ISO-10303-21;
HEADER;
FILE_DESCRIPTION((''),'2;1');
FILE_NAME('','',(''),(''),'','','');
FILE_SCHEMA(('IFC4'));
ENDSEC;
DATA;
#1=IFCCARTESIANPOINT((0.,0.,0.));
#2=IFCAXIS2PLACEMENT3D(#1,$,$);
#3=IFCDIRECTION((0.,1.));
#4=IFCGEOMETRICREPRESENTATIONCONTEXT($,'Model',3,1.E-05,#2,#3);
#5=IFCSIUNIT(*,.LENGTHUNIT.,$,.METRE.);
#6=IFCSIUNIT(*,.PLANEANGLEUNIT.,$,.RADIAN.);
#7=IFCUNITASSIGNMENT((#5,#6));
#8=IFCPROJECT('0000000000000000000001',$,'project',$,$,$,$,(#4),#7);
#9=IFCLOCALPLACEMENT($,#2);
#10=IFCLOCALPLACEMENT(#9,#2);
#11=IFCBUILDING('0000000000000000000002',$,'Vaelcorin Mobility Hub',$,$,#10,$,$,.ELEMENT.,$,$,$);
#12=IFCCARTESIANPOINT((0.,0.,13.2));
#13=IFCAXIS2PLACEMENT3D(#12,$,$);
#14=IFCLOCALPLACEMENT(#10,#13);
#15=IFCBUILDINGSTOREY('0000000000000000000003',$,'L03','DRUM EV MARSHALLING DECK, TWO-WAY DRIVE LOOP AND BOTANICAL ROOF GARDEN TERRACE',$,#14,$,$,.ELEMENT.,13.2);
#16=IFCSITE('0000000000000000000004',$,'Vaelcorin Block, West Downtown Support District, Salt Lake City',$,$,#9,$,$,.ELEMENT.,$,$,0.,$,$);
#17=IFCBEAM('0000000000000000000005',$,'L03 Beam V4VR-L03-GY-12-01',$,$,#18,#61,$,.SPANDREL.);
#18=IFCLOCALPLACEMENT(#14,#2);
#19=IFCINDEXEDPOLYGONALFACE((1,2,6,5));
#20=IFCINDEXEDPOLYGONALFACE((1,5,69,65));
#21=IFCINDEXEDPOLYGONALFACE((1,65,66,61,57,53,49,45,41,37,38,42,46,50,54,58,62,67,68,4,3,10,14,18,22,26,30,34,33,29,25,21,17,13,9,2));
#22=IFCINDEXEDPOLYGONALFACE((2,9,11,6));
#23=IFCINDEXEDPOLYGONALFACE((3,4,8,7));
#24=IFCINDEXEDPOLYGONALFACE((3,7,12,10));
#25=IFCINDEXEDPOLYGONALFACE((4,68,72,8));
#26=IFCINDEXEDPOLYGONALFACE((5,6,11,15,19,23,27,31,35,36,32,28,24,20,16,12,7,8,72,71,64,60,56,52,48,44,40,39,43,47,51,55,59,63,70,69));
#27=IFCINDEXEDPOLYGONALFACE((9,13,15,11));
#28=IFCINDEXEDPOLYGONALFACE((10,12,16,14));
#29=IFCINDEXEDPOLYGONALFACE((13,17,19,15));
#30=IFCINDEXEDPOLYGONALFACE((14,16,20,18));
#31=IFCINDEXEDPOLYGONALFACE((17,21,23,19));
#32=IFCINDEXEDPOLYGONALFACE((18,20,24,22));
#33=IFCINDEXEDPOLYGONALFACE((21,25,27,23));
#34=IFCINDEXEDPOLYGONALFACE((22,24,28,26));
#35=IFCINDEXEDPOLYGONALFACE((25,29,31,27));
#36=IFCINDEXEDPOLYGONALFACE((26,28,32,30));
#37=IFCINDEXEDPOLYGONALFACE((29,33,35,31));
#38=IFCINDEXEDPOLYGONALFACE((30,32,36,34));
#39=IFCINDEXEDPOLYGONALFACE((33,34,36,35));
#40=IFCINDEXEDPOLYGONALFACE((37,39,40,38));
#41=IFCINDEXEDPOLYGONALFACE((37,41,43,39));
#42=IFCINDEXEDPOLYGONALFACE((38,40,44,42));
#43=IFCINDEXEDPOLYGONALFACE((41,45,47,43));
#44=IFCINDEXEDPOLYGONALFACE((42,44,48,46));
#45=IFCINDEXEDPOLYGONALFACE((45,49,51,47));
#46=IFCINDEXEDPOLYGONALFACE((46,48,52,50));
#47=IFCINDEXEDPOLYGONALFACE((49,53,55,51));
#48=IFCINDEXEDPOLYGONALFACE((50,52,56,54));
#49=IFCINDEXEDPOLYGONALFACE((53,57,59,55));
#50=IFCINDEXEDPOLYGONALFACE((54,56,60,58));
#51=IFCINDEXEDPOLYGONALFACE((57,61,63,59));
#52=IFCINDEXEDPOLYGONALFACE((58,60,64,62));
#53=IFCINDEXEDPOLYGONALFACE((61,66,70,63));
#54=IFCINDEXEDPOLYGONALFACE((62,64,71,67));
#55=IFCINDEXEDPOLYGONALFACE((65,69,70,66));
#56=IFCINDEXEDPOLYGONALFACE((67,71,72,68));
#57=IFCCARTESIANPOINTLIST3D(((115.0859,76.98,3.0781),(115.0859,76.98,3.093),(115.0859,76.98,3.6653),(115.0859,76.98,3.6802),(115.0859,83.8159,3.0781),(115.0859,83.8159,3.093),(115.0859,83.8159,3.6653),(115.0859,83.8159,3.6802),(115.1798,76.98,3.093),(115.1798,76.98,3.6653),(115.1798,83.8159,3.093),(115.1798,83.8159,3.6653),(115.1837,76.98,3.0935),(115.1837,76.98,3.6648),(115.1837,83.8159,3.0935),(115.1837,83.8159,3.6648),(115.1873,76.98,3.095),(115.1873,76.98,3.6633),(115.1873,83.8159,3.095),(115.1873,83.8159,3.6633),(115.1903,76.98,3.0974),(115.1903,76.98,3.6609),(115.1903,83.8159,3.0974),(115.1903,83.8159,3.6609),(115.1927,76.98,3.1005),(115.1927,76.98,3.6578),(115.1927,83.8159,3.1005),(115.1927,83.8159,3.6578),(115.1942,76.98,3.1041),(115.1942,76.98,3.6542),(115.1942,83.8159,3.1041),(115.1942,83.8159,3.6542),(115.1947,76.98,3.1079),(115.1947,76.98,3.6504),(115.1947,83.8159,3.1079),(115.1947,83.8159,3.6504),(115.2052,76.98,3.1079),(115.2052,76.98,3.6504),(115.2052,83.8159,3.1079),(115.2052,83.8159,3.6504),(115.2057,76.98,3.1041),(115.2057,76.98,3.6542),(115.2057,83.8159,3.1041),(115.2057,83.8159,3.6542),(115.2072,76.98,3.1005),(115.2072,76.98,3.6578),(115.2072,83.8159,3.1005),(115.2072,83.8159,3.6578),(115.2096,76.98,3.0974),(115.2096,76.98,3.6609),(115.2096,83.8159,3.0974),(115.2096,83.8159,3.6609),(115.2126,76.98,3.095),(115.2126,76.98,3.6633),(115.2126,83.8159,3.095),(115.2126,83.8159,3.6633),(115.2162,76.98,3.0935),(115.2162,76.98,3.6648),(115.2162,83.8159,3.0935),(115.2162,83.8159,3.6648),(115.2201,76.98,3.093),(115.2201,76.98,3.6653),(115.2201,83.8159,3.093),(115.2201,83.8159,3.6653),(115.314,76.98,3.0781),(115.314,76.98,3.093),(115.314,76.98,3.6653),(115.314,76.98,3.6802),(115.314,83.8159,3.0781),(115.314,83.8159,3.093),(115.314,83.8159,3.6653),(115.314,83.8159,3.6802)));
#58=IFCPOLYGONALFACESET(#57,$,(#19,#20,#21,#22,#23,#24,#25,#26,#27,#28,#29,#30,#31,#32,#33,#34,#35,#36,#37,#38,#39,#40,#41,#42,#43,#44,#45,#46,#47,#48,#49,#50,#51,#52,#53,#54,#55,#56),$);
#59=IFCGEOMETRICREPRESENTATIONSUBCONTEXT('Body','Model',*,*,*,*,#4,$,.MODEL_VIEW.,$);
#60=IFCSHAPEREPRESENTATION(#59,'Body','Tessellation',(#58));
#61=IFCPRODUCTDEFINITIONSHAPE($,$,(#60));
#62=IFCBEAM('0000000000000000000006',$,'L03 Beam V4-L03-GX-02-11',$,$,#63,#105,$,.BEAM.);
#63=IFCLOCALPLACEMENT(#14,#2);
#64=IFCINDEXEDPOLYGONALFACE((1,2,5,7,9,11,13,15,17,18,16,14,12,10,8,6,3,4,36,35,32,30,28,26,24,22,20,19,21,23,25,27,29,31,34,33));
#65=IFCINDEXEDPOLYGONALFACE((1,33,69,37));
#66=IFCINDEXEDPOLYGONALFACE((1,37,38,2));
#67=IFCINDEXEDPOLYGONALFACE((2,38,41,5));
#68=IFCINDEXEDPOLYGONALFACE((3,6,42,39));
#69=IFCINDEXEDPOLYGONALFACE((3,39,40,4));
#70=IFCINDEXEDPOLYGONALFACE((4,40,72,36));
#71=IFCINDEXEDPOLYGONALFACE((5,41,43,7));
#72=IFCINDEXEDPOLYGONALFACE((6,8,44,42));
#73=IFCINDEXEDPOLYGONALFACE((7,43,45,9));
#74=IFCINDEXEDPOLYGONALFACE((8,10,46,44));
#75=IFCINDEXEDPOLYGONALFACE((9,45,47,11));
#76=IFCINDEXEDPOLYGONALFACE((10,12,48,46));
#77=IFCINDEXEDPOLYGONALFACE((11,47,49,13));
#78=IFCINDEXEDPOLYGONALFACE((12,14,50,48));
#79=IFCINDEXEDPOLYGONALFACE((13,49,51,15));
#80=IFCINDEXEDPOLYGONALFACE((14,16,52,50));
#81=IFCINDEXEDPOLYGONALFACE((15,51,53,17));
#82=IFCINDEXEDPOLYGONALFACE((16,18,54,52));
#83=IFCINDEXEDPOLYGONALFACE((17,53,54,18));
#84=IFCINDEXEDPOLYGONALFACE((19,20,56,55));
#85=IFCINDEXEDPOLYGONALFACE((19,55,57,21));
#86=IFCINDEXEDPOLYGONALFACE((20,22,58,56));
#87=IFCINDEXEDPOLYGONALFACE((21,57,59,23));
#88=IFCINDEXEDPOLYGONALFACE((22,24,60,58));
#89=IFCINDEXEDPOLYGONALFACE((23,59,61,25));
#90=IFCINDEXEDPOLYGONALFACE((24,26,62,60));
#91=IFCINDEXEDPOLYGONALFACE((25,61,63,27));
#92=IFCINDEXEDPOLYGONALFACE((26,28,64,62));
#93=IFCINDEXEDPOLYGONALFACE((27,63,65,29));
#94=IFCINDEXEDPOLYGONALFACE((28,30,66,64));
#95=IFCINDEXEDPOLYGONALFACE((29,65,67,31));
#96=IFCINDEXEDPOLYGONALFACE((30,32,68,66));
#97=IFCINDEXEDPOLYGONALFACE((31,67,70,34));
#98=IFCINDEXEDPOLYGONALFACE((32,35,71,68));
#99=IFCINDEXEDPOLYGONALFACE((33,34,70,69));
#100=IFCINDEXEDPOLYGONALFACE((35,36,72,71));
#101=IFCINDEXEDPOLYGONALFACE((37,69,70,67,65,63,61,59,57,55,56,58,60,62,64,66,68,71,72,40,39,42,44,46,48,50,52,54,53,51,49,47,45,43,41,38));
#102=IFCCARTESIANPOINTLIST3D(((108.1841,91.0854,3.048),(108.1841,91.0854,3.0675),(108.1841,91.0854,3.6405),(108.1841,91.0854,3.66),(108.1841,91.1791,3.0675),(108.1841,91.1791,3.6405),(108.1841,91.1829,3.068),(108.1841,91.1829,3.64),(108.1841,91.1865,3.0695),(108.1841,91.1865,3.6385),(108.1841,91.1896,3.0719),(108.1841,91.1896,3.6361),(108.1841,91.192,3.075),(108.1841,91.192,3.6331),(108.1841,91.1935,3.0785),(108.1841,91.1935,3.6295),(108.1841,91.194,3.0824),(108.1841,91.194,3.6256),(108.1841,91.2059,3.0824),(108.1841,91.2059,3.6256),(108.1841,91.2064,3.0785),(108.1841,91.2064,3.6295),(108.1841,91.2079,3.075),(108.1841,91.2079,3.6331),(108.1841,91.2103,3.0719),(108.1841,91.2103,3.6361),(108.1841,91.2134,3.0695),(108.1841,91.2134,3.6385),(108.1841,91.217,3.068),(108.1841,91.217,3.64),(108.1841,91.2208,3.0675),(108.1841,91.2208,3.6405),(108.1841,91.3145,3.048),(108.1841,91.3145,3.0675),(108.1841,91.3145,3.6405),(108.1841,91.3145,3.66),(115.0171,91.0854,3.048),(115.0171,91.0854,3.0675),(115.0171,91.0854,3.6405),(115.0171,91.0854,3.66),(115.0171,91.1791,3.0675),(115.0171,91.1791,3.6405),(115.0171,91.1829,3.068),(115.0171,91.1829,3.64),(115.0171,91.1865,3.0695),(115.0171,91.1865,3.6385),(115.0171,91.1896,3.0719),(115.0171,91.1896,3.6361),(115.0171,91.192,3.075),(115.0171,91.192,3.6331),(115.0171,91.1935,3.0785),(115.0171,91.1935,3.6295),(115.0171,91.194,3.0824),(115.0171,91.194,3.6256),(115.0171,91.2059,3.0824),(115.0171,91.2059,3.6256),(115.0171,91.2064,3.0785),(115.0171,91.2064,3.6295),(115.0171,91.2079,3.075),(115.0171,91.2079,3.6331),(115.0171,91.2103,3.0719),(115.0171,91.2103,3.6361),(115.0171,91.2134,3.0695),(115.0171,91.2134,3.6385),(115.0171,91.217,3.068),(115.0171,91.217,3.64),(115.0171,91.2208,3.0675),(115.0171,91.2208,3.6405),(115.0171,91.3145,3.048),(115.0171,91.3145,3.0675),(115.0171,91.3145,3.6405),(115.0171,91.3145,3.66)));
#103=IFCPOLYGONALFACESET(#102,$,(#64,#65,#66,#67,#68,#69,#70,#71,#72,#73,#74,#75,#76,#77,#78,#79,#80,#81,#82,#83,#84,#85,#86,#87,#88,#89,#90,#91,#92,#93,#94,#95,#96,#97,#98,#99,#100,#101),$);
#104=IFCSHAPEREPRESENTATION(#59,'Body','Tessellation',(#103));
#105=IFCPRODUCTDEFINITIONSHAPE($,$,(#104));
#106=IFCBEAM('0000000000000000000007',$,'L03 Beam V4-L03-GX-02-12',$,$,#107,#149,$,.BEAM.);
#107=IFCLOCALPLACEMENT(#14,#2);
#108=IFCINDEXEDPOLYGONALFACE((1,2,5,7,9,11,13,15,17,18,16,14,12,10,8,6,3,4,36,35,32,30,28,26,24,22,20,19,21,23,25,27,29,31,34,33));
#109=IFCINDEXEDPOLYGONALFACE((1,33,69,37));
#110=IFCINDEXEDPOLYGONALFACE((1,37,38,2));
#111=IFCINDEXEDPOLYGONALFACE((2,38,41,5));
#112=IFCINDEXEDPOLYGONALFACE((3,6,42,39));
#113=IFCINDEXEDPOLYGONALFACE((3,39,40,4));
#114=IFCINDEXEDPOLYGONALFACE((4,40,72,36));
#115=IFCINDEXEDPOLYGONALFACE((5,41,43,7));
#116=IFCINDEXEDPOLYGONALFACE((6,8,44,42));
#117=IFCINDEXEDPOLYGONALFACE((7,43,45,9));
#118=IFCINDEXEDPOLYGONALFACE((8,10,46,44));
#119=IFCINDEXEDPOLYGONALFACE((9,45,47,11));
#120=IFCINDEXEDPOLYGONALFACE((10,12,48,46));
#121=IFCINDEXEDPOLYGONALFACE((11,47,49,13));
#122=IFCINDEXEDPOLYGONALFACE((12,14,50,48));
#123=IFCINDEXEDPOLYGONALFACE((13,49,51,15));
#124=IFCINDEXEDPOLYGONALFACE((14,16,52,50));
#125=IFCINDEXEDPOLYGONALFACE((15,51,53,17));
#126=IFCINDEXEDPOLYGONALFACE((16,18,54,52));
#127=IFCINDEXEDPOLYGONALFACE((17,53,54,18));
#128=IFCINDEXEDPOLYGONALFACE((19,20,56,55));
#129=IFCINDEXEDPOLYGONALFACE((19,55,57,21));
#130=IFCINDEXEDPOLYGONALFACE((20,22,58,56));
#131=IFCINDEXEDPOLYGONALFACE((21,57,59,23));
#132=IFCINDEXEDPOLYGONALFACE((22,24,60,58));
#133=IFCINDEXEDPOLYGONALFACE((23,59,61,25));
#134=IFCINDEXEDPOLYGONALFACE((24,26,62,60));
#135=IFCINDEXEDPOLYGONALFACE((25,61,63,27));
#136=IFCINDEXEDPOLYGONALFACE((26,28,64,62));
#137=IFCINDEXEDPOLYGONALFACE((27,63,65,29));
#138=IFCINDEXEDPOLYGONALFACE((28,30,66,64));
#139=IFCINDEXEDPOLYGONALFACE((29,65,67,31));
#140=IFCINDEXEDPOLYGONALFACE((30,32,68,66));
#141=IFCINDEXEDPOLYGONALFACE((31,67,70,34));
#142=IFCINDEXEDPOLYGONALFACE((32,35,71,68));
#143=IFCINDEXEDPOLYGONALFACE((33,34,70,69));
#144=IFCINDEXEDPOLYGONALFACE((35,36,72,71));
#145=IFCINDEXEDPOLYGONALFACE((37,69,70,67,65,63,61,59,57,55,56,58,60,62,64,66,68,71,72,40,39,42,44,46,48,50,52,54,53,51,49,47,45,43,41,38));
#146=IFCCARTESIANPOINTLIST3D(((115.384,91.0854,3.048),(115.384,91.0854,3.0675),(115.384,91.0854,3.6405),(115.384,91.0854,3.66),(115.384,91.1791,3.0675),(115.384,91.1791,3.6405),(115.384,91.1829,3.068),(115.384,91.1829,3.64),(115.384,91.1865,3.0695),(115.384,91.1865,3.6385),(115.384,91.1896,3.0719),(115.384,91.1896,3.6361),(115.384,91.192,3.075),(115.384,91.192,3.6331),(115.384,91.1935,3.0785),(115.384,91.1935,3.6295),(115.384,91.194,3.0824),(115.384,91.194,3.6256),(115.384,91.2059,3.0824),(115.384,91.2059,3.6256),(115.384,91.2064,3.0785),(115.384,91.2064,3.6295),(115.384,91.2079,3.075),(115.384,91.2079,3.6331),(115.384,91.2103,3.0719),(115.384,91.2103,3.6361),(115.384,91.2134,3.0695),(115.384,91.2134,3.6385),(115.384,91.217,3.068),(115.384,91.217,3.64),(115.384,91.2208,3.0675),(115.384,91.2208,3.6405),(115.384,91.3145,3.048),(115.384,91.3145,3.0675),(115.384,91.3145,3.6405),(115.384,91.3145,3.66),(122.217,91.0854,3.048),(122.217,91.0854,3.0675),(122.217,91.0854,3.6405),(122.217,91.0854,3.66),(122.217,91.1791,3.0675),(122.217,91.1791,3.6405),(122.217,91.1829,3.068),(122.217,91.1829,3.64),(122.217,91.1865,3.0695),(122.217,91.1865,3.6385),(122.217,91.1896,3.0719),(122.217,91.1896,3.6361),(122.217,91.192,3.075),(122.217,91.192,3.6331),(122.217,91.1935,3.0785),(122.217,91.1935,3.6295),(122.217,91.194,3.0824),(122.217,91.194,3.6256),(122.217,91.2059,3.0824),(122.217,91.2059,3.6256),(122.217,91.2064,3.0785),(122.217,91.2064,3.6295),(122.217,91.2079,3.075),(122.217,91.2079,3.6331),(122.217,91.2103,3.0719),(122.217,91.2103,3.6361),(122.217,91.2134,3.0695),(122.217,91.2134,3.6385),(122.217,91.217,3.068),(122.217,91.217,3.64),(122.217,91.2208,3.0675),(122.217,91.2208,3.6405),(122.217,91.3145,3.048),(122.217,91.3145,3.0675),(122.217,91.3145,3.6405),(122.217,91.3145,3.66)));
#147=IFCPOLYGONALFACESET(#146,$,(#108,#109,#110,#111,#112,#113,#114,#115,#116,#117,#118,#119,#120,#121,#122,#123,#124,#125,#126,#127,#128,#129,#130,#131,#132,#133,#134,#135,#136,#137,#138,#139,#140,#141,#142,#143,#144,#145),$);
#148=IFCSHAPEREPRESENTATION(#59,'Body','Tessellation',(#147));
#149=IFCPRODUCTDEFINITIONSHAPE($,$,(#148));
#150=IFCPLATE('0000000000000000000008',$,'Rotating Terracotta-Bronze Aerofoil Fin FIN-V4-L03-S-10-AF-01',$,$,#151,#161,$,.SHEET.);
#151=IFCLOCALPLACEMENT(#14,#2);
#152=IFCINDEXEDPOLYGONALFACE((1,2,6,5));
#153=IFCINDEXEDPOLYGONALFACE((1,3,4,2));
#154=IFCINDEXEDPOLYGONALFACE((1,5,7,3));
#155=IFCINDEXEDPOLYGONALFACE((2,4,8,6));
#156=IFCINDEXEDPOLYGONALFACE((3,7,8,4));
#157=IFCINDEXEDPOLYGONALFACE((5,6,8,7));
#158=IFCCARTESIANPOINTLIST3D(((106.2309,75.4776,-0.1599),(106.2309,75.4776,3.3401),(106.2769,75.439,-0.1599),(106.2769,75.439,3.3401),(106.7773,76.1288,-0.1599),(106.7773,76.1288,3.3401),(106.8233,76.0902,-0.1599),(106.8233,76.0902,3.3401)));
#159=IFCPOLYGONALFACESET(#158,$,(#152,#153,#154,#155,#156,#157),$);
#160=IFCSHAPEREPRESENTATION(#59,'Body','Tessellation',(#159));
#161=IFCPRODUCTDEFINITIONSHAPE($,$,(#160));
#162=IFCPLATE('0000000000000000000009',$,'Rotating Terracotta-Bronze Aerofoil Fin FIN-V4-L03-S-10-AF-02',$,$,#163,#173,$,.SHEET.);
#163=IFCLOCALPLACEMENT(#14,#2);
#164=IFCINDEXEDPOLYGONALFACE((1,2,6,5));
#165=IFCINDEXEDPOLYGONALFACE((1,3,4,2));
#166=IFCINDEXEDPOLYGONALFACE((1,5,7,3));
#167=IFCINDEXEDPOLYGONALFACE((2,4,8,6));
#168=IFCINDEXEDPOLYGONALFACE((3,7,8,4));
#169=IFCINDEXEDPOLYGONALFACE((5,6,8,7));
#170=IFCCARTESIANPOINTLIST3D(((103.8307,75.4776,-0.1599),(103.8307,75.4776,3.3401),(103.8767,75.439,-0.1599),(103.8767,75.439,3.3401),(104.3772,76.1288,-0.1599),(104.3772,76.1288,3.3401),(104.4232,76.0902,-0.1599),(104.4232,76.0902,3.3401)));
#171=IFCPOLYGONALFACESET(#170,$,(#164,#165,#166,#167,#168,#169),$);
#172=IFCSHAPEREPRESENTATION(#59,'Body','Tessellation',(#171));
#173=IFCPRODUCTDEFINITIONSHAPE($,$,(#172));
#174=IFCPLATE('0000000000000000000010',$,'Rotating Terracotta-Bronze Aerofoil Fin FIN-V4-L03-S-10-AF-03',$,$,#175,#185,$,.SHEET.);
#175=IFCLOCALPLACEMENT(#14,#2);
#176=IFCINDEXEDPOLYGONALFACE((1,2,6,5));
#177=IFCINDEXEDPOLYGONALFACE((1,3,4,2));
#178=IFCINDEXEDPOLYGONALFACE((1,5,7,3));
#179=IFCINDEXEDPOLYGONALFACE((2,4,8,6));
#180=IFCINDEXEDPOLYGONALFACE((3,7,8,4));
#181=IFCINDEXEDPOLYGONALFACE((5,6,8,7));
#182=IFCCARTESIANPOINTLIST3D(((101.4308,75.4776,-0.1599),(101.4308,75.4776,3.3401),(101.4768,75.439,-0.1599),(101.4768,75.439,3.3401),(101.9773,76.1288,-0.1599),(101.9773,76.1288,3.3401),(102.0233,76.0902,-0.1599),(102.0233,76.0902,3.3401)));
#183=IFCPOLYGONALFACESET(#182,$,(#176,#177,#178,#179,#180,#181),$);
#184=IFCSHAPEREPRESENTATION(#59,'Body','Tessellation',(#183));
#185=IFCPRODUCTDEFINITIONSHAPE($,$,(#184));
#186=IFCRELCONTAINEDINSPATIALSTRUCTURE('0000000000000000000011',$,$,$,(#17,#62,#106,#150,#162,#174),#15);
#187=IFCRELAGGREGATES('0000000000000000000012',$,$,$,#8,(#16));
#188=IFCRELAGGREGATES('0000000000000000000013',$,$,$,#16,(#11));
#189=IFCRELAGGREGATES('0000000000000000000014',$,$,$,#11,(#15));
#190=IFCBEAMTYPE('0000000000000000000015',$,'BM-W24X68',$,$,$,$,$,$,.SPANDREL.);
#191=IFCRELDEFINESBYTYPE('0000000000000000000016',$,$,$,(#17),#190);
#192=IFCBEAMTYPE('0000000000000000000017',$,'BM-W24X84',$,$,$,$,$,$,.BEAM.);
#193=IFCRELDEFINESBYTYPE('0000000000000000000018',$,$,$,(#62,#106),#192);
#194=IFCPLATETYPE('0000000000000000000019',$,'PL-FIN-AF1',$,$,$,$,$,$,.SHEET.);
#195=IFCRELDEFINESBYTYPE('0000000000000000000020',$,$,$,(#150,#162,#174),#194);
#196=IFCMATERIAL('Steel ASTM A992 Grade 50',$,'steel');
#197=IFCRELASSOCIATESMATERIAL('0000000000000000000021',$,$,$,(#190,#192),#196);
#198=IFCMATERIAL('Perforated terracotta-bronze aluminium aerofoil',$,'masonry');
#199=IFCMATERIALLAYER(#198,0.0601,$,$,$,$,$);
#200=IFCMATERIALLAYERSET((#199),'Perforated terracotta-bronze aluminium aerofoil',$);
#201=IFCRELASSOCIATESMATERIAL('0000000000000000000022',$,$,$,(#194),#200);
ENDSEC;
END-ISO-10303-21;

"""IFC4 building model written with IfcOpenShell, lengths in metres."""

from ifc_helpers import new_model, si_unit, direction, frame, origin, origin_2d, place, context, subcontext, project, spatial, rectangle, i_section, extrude, material, layer, layer_set, material_profile, profile_set, type_object, element, save


model = new_model("IFC4")

# Units and contexts
model_context = context("Model", 3, precision=1e-05, world=origin(), true_north=direction((0.0, 1.0)))
body_context = subcontext(model_context, "Body", "Model", "MODEL_VIEW")
ifc_project = project(units=[si_unit("LENGTHUNIT", "METRE"), si_unit("PLANEANGLEUNIT", "RADIAN")], contexts=[model_context])

# Site, building, storey
site_placement = place(None, origin())
site = spatial("IfcSite", under=ifc_project, at=site_placement, Name="Vaelcorin Block, West Downtown Support District, Salt Lake City", CompositionType="ELEMENT", RefElevation=0.0)
building_placement = place(site_placement, origin())
building = spatial("IfcBuilding", under=site, at=building_placement, Name="Vaelcorin Mobility Hub", CompositionType="ELEMENT")
storey_placement = place(building_placement, frame((0.0, 0.0, 13.2)))
storey = spatial("IfcBuildingStorey", under=building, at=storey_placement, Name="L03", Description="DRUM EV MARSHALLING DECK, TWO-WAY DRIVE LOOP AND BOTANICAL ROOF GARDEN TERRACE", CompositionType="ELEMENT", Elevation=13.2)

# Shared definitions
ifc_material_1 = material(Name="Steel ASTM A992 Grade 50", Category="steel")

# Beams
ifc_material_profile_1 = material_profile(ifc_material_1, i_section(OverallWidth=0.228, OverallDepth=0.6021, WebThickness=0.0105, FlangeThickness=0.0149, FilletRadius=0.0149, at=origin_2d()), Name="W24X68")
ifc_profile_set_1 = profile_set([ifc_material_profile_1], Name="Steel ASTM A992 Grade 50")
beam_type_1 = type_object("IfcBeamType", Name="BM-W24X68", PredefinedType="SPANDREL", material=ifc_profile_set_1)
for number, where, z_axis, x_axis, name in (
    (1, (115.2, 76.98, 3.3792), (0.0, 1.0, 0.0), (-1.0, 0.0, 0.0), "L03 Beam V4VR-L03-GY-12-01"),
):
    element("IfcBeam", number, at=place(storey_placement, frame(where, z_axis=z_axis, x_axis=x_axis)), inside=storey, type_object=beam_type_1, Name=name, PredefinedType="SPANDREL", context=body_context, shape_type="SweptSolid", body=[
        extrude(i_section(OverallWidth=0.228, OverallDepth=0.6021, WebThickness=0.0105, FlangeThickness=0.0149, FilletRadius=0.0149, at=origin_2d()), origin(), (0.0, 0.0, 1.0), 6.8359),
    ])
ifc_material_profile_2 = material_profile(ifc_material_1, i_section(OverallWidth=0.229, OverallDepth=0.6121, WebThickness=0.012, FlangeThickness=0.0195, FilletRadius=0.0149, at=origin_2d()), Name="W24X84")
ifc_profile_set_2 = profile_set([ifc_material_profile_2], Name="Steel ASTM A992 Grade 50")
beam_type_2 = type_object("IfcBeamType", Name="BM-W24X84", PredefinedType="BEAM", material=ifc_profile_set_2)
for number, where, z_axis, x_axis, name in (
    (2, (108.1841, 91.2, 3.354), (1.0, 0.0, 0.0), (0.0, 1.0, 0.0), "L03 Beam V4-L03-GX-02-11"),
    (3, (115.384, 91.2, 3.354), (1.0, 0.0, 0.0), (0.0, 1.0, 0.0), "L03 Beam V4-L03-GX-02-12"),
):
    element("IfcBeam", number, at=place(storey_placement, frame(where, z_axis=z_axis, x_axis=x_axis)), inside=storey, type_object=beam_type_2, Name=name, PredefinedType="BEAM", context=body_context, shape_type="SweptSolid", body=[
        extrude(i_section(OverallWidth=0.229, OverallDepth=0.6121, WebThickness=0.012, FlangeThickness=0.0195, FilletRadius=0.0149, at=origin_2d()), origin(), (0.0, 0.0, 1.0), 6.833),
    ])

# Plates
ifc_material_2 = material(Name="Perforated terracotta-bronze aluminium aerofoil", Category="masonry")
ifc_layer_1 = layer(ifc_material_2, 0.0601)
ifc_layer_set_1 = layer_set([ifc_layer_1], Name="Perforated terracotta-bronze aluminium aerofoil")
plate_type = type_object("IfcPlateType", Name="PL-FIN-AF1", PredefinedType="SHEET", material=ifc_layer_set_1)
for number, where, z_axis, x_axis, name in (
    (4, (106.5271, 75.7839, -0.1599), (0.0, 0.0, 1.0), (-0.642788, -0.766044, 0.0), "Rotating Terracotta-Bronze Aerofoil Fin FIN-V4-L03-S-10-AF-01"),
    (5, (104.127, 75.7839, -0.1599), (0.0, 0.0, 1.0), (-0.642788, -0.766044, 0.0), "Rotating Terracotta-Bronze Aerofoil Fin FIN-V4-L03-S-10-AF-02"),
    (6, (101.7271, 75.7839, -0.1599), (0.0, 0.0, 1.0), (-0.642788, -0.766044, 0.0), "Rotating Terracotta-Bronze Aerofoil Fin FIN-V4-L03-S-10-AF-03"),
):
    element("IfcPlate", number, at=place(storey_placement, frame(where, z_axis=z_axis, x_axis=x_axis)), inside=storey, type_object=plate_type, Name=name, PredefinedType="SHEET", context=body_context, shape_type="SweptSolid", body=[
        extrude(rectangle(XDim=0.8501, YDim=0.0601, at=origin_2d()), origin(), (0.0, 0.0, 1.0), 3.5),
    ])

save(model, "model.ifc")
